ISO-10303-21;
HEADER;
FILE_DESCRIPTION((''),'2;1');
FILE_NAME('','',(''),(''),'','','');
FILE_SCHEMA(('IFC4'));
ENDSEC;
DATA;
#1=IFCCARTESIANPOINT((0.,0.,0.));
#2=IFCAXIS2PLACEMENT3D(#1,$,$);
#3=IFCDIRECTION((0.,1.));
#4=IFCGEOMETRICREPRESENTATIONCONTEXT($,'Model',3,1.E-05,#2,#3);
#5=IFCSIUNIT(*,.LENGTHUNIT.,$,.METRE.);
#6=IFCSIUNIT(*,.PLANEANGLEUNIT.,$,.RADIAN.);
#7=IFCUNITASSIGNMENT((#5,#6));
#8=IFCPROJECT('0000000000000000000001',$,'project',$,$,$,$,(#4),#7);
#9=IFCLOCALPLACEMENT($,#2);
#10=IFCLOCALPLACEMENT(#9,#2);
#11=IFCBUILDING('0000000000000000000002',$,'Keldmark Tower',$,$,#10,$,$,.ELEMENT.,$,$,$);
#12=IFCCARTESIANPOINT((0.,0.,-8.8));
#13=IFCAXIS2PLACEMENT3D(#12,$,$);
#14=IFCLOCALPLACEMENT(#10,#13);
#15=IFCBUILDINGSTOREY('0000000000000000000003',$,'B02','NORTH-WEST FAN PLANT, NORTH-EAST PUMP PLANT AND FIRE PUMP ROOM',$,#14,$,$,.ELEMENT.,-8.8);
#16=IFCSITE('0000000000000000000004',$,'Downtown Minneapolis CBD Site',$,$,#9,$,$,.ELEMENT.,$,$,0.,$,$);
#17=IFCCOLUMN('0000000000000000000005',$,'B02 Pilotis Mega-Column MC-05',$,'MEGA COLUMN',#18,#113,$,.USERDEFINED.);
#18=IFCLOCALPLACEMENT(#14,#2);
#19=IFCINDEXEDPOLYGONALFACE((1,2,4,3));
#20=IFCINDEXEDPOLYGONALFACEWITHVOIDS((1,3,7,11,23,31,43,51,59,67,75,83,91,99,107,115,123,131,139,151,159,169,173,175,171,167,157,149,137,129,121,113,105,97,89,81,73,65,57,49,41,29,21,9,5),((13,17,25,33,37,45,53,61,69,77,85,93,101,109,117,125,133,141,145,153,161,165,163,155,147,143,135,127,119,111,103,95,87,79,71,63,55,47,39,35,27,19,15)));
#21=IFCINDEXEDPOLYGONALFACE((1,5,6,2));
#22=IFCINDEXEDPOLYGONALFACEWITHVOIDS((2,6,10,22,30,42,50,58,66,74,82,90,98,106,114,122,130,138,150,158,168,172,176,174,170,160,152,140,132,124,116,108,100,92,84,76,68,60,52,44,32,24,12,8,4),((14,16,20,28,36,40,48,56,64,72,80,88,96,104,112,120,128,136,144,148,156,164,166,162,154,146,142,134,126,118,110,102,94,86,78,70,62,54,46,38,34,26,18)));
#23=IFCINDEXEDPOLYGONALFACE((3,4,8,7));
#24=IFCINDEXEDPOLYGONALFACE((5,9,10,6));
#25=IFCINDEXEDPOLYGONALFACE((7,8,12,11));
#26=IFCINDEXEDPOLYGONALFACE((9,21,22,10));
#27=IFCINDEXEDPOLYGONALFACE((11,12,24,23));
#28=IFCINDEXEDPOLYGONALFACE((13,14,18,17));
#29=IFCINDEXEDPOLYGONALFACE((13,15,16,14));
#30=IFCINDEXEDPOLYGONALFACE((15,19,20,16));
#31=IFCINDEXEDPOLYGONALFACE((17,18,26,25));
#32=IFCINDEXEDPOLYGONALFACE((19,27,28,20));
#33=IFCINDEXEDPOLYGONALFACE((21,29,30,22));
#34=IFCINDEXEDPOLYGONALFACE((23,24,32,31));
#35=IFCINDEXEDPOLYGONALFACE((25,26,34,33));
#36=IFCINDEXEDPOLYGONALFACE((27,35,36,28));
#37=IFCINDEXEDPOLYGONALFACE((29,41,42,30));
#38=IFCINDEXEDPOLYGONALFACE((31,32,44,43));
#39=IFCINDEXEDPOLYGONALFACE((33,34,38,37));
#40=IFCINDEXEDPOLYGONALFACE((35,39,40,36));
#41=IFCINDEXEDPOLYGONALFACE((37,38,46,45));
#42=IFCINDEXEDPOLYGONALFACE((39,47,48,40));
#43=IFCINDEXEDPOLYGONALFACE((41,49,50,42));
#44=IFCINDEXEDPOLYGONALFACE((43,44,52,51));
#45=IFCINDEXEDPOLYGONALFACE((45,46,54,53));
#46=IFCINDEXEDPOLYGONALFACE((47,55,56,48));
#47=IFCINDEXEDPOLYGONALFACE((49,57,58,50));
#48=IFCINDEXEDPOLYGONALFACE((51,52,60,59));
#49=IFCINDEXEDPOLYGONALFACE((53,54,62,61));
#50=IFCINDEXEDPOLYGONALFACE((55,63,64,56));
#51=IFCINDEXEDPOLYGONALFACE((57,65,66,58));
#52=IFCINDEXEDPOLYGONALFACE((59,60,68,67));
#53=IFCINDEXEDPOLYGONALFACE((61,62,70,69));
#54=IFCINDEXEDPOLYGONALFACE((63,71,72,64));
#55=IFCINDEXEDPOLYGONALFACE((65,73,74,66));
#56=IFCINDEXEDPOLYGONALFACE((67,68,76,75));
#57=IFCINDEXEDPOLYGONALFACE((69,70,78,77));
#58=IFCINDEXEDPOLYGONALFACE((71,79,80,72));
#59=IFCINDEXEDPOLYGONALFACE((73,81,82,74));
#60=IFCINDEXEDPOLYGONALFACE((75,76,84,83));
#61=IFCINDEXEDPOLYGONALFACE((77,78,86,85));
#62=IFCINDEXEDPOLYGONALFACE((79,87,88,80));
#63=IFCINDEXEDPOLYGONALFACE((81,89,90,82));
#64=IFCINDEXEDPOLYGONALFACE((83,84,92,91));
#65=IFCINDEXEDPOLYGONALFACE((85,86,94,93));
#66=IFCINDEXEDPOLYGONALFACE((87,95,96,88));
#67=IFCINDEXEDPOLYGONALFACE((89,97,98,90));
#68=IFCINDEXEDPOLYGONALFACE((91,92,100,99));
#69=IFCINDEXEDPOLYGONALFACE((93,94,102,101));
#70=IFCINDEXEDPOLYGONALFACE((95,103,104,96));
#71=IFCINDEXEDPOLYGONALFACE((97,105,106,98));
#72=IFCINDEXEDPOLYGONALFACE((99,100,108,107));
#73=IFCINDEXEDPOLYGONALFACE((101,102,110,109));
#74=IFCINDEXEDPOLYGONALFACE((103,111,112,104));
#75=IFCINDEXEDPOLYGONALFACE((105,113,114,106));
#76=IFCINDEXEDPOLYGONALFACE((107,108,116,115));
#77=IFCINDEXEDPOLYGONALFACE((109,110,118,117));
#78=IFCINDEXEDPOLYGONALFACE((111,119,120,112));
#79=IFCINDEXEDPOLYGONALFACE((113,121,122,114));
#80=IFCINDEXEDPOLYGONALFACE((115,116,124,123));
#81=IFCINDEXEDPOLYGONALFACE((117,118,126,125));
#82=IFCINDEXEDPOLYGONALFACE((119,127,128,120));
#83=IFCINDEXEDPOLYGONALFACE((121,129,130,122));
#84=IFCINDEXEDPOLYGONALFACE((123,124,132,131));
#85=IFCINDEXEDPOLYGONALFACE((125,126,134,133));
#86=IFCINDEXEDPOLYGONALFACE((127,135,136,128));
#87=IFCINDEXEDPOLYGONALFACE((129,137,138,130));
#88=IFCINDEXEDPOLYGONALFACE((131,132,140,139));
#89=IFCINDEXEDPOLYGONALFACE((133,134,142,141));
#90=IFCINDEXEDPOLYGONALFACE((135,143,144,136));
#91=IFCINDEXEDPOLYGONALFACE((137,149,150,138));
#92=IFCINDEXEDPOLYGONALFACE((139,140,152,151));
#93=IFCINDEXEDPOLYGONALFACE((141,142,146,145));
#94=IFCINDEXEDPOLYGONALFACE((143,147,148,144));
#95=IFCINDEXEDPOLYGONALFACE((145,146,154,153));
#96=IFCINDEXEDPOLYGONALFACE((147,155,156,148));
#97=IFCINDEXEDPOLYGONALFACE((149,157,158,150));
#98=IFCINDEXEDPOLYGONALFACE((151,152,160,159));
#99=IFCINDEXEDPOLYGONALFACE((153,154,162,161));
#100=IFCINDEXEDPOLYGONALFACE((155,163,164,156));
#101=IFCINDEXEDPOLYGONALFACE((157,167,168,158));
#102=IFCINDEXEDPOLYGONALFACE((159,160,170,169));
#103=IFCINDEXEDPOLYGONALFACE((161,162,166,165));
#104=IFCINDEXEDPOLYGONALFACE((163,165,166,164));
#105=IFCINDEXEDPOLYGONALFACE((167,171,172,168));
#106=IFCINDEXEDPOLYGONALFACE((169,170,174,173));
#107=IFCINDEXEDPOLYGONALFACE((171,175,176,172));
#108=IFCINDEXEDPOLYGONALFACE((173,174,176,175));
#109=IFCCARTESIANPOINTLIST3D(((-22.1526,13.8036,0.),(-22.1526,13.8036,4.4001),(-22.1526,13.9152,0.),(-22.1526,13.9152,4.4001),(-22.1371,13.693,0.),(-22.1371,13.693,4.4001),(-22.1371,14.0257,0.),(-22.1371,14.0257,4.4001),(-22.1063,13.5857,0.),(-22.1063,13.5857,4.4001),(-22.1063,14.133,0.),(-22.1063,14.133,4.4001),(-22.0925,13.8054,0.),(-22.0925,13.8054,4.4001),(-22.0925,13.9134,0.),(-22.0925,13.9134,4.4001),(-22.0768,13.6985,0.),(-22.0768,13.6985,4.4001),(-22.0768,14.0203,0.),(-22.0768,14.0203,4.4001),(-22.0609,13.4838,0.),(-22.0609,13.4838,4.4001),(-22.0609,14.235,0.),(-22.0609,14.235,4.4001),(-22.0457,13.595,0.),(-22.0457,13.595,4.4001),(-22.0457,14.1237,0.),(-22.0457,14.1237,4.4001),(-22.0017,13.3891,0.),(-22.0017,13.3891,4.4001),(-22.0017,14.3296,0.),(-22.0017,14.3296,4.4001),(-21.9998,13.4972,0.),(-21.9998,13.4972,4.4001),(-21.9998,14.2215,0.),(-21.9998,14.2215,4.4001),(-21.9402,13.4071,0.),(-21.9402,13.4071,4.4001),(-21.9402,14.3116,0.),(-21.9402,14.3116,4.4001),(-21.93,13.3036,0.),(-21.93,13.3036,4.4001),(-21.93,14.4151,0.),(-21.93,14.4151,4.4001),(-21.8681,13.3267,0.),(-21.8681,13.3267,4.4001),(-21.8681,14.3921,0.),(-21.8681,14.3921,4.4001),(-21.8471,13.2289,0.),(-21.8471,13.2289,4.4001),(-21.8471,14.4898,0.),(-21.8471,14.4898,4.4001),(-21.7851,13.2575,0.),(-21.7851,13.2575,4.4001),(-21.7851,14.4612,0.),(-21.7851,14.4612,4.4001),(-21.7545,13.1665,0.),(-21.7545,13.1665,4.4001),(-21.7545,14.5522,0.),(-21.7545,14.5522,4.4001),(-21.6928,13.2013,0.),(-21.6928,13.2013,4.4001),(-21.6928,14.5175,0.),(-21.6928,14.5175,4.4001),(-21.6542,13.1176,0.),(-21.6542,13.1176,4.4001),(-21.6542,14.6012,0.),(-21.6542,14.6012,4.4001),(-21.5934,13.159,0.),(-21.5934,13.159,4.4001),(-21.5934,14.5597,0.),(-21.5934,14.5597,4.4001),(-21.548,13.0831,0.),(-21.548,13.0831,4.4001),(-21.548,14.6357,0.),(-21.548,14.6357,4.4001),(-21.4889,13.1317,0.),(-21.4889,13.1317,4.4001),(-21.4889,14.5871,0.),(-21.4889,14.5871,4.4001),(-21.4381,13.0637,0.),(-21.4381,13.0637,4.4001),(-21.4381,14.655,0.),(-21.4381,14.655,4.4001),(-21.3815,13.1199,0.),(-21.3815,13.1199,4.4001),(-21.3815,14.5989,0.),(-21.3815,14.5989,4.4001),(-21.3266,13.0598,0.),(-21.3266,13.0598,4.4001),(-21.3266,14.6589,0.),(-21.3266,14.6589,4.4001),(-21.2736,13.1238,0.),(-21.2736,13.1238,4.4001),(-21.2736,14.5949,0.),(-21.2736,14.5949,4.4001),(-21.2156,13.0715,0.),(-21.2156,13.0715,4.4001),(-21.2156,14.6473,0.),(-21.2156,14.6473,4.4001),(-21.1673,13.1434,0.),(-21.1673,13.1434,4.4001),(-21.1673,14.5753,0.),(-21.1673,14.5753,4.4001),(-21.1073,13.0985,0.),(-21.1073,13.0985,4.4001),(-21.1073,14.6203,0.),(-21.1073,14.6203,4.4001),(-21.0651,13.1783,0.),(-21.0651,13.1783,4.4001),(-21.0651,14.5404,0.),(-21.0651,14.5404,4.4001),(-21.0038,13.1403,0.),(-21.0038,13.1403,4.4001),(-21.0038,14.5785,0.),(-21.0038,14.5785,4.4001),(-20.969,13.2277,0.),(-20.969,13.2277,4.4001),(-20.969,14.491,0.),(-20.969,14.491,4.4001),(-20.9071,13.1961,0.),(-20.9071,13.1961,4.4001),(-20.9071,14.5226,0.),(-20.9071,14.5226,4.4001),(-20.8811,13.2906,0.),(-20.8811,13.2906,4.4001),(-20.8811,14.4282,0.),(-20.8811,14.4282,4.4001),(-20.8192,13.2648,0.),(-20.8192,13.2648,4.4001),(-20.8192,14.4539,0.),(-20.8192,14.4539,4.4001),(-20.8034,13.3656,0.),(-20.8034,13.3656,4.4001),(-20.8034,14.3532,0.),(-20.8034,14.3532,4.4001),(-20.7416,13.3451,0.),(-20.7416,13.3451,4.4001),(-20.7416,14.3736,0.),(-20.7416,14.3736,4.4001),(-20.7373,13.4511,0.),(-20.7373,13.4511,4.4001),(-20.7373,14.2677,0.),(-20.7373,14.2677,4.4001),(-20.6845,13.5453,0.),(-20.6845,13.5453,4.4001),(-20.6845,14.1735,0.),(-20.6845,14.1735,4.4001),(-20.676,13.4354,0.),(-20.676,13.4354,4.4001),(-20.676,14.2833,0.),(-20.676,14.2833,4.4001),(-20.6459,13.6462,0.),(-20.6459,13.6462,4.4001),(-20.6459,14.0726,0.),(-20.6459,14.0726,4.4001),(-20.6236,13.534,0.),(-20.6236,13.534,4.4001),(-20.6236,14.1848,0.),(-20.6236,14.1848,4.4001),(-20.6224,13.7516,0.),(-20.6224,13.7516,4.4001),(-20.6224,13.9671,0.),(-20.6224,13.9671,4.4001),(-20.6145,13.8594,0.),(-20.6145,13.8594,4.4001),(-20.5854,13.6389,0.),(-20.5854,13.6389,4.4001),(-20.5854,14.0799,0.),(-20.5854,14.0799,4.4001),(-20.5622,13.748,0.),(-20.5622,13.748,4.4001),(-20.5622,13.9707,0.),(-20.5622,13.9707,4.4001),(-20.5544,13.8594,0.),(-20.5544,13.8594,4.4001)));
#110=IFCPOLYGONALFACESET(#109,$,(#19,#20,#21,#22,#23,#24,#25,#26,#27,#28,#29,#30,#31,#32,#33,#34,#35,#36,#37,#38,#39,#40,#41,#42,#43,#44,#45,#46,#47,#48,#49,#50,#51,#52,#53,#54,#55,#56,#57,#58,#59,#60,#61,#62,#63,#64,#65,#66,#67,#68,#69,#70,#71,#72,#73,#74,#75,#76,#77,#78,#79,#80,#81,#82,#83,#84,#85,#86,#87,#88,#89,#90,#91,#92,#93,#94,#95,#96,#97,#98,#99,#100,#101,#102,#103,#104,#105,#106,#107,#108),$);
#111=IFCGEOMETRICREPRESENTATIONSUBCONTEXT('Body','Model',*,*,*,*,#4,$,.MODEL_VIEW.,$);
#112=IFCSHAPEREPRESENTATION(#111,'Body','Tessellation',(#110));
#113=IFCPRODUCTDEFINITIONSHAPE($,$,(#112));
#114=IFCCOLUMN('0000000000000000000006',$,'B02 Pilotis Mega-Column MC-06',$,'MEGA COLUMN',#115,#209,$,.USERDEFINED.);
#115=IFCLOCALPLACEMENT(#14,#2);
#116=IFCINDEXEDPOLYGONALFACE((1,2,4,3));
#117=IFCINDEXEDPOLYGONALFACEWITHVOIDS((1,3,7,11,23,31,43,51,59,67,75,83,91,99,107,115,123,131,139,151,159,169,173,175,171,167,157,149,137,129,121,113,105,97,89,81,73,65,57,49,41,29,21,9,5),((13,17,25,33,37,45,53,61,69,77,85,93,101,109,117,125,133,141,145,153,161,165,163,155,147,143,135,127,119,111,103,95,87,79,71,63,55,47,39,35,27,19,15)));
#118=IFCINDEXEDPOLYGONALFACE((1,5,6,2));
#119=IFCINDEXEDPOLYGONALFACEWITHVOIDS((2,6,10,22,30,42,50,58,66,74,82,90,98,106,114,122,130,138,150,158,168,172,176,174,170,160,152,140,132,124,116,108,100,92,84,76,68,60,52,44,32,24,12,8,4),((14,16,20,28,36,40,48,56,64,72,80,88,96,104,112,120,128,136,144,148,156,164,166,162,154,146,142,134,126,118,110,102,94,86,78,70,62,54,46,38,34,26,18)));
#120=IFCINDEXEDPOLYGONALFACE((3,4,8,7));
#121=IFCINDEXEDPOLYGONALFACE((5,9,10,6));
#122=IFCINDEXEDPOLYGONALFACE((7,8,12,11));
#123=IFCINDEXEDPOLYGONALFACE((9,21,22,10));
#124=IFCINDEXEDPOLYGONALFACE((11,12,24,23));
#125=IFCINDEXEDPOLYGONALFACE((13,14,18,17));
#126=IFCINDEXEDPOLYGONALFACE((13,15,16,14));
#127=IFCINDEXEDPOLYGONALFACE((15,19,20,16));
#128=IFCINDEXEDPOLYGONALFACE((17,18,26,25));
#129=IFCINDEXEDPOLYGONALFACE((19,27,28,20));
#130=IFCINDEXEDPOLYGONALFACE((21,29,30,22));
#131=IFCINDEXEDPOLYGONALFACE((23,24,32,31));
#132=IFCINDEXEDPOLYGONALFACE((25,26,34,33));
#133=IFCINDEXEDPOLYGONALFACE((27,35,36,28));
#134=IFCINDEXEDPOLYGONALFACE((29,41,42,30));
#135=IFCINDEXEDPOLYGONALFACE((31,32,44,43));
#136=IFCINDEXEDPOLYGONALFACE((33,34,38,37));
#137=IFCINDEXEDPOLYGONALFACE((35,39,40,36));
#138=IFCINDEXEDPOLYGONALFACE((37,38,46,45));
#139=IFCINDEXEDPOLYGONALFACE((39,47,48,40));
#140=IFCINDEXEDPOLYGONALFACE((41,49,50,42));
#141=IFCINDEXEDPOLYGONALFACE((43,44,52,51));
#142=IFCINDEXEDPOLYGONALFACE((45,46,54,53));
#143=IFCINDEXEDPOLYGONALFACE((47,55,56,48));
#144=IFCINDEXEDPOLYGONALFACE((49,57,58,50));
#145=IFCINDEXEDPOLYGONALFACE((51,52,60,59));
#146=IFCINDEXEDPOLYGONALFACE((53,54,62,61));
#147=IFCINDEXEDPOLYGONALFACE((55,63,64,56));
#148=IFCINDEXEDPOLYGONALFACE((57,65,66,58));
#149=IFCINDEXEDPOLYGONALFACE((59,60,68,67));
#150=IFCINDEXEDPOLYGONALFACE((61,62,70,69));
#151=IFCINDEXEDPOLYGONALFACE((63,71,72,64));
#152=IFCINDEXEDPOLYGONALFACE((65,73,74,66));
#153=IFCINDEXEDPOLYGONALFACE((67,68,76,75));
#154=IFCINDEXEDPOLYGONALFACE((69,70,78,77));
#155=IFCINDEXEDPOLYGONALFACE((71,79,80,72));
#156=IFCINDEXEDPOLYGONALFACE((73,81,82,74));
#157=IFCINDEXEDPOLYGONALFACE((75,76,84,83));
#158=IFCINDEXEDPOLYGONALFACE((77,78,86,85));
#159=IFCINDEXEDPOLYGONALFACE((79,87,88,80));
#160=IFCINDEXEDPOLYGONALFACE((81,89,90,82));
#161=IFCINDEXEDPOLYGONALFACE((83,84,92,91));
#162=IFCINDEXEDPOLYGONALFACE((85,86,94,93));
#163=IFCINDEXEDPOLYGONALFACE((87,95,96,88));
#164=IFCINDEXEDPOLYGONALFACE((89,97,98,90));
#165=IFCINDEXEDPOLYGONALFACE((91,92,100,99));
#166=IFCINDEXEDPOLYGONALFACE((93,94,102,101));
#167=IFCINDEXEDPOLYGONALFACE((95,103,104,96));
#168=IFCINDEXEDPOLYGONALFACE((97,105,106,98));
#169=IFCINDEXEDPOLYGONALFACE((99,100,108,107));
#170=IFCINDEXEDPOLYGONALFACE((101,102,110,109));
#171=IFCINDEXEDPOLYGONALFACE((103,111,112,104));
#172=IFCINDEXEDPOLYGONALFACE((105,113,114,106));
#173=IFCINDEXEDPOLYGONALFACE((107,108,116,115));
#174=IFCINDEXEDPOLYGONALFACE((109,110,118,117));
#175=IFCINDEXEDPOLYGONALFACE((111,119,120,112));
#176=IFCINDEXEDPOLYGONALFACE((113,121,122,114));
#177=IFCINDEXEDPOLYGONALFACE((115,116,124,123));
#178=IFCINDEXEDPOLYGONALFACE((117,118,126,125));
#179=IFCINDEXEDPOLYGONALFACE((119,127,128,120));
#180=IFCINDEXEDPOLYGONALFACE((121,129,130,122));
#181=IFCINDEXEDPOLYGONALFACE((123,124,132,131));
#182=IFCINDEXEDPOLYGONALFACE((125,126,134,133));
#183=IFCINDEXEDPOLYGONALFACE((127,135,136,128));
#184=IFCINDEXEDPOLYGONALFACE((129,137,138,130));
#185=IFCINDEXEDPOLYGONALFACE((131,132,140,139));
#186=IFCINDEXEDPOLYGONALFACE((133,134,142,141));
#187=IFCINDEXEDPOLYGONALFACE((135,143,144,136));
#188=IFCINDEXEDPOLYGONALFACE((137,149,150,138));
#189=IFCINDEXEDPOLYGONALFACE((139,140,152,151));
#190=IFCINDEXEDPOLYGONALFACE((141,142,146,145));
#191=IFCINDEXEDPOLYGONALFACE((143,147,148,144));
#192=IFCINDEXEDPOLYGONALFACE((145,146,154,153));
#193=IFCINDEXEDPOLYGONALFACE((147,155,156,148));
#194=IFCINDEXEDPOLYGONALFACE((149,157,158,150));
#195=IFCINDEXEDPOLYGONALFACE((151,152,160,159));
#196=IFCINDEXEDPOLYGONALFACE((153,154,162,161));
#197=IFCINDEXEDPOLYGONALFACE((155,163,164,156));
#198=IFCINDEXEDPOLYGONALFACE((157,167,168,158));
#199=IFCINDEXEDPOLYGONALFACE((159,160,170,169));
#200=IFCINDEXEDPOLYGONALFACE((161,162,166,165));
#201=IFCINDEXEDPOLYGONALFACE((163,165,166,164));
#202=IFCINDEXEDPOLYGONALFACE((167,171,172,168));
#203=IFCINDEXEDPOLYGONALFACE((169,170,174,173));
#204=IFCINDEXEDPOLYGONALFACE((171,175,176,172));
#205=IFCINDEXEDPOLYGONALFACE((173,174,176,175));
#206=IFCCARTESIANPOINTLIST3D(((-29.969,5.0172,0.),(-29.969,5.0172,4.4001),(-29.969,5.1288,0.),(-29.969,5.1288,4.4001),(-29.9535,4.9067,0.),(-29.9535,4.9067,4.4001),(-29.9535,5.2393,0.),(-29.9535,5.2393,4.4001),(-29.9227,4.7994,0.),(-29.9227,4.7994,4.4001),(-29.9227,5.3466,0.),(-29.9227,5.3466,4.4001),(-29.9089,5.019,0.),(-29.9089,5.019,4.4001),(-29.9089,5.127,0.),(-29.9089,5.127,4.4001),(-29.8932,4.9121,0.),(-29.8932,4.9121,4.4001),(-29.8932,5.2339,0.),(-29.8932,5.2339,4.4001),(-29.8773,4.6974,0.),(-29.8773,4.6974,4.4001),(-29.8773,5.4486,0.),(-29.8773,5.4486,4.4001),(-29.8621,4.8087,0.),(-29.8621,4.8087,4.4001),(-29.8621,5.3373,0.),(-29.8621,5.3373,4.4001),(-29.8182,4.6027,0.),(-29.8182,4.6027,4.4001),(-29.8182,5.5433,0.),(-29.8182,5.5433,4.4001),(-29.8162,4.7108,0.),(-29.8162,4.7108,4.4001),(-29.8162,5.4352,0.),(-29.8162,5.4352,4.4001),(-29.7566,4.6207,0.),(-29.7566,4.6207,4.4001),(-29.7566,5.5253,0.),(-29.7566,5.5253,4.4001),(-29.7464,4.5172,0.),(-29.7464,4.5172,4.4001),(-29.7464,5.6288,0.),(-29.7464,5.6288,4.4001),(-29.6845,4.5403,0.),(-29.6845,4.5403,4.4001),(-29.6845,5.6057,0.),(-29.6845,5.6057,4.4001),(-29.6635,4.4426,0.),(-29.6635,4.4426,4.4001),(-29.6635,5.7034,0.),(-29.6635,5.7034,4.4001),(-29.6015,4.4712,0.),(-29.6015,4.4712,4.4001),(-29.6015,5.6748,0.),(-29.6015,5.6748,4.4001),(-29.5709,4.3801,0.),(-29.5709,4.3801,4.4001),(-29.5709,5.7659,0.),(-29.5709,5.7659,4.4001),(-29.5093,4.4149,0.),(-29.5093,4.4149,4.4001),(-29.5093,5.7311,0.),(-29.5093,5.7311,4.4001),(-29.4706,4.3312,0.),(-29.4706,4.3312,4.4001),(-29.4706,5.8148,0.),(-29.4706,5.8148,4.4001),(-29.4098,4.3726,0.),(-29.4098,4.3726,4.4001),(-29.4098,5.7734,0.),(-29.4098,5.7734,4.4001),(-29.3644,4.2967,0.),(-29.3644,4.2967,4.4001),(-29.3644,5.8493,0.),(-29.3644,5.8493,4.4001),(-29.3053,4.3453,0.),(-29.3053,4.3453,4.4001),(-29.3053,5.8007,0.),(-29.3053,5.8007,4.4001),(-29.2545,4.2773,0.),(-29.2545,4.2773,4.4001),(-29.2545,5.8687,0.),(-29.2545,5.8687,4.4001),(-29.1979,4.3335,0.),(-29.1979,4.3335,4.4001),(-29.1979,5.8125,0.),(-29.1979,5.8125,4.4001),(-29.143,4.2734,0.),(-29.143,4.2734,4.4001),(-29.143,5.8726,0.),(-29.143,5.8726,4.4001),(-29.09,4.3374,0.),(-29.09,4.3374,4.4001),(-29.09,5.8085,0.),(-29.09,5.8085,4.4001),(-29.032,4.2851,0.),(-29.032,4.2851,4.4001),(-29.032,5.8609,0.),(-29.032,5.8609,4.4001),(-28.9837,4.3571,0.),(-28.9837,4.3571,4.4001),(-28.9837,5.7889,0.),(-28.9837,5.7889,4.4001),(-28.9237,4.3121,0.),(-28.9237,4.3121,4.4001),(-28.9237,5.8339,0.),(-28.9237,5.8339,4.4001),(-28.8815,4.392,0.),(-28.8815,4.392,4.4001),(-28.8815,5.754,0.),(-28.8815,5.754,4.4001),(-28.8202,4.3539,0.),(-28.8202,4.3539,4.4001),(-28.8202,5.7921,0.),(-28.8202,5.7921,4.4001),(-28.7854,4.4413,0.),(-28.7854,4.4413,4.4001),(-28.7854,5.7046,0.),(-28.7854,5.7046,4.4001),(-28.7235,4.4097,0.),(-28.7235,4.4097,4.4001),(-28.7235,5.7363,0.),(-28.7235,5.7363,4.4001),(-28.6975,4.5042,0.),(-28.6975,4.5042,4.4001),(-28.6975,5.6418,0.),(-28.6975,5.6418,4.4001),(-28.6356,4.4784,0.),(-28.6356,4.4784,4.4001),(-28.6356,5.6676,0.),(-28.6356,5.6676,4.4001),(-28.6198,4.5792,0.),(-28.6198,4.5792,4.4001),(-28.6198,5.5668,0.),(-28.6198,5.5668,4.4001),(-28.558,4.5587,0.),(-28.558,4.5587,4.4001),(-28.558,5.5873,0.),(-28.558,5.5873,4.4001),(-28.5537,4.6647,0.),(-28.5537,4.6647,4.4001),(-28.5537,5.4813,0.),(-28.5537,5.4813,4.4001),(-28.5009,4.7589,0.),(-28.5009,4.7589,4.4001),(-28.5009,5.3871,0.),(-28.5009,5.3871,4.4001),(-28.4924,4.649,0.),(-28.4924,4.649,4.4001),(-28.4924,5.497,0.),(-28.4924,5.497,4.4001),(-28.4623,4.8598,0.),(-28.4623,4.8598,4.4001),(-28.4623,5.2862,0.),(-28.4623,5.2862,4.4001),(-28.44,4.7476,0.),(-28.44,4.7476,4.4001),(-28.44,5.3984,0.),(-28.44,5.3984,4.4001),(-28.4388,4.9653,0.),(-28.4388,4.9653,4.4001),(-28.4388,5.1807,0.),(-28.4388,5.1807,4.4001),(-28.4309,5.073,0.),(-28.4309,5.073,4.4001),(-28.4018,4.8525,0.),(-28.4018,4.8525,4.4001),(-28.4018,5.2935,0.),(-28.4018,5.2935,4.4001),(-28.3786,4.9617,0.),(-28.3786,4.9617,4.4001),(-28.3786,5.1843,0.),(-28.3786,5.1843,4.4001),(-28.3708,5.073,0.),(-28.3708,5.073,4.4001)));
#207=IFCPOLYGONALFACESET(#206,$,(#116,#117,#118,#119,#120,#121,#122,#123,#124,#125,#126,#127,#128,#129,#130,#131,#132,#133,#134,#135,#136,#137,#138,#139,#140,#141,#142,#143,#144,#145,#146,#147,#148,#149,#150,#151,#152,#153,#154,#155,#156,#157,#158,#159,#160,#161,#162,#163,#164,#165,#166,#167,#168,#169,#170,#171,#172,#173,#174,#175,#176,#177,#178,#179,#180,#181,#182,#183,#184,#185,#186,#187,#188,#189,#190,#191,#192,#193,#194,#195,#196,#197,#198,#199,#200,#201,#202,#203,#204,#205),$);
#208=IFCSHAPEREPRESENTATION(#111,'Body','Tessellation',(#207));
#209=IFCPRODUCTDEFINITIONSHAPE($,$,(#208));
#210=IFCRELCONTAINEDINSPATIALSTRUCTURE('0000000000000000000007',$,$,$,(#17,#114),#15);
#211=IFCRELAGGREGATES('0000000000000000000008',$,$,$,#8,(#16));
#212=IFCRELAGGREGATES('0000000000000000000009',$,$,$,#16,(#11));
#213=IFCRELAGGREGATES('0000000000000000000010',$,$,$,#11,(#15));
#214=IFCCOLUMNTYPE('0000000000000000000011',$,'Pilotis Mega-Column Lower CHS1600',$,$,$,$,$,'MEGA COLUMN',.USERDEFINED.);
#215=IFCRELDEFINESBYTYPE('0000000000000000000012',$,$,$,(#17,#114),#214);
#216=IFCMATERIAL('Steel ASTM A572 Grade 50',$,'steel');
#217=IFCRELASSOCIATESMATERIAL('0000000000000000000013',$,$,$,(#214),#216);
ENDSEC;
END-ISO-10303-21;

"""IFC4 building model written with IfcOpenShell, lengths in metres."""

from ifc_helpers import new_model, si_unit, direction, frame, origin, origin_2d, place, context, subcontext, project, spatial, hollow_circle, extrude, material, material_profile, profile_set, type_object, element, save


model = new_model("IFC4")

# Units and contexts
model_context = context("Model", 3, precision=1e-05, world=origin(), true_north=direction((0.0, 1.0)))
body_context = subcontext(model_context, "Body", "Model", "MODEL_VIEW")
ifc_project = project(units=[si_unit("LENGTHUNIT", "METRE"), si_unit("PLANEANGLEUNIT", "RADIAN")], contexts=[model_context])

# Site, building, storey
site_placement = place(None, origin())
site = spatial("IfcSite", under=ifc_project, at=site_placement, Name="Downtown Minneapolis CBD Site", CompositionType="ELEMENT", RefElevation=0.0)
building_placement = place(site_placement, origin())
building = spatial("IfcBuilding", under=site, at=building_placement, Name="Keldmark Tower", CompositionType="ELEMENT")
storey_placement = place(building_placement, frame((0.0, 0.0, -8.8)))
storey = spatial("IfcBuildingStorey", under=building, at=storey_placement, Name="B02", Description="NORTH-WEST FAN PLANT, NORTH-EAST PUMP PLANT AND FIRE PUMP ROOM", CompositionType="ELEMENT", Elevation=-8.8)

# Columns
ifc_material_1 = material(Name="Steel ASTM A572 Grade 50", Category="steel")
ifc_material_profile_1 = material_profile(ifc_material_1, hollow_circle(Radius=0.8, WallThickness=0.0601, at=origin_2d()), Name="CHS1600X60")
ifc_profile_set_1 = profile_set([ifc_material_profile_1], Name="Steel ASTM A572 Grade 50")
column_type_1 = type_object("IfcColumnType", Name="Pilotis Mega-Column Lower CHS1600", ElementType="MEGA COLUMN", PredefinedType="USERDEFINED", material=ifc_profile_set_1)
for number, where, z_axis, x_axis, name in (
    (1, (-21.3545, 13.8594, 0.0), (0.0, 0.0, 1.0), (1.0, 0.0, 0.0), "B02 Pilotis Mega-Column MC-05"),
    (2, (-29.1709, 5.073, 0.0), (0.0, 0.0, 1.0), (1.0, 0.0, 0.0), "B02 Pilotis Mega-Column MC-06"),
):
    element("IfcColumn", number, at=place(storey_placement, frame(where, z_axis=z_axis, x_axis=x_axis)), inside=storey, type_object=column_type_1, Name=name, ObjectType="MEGA COLUMN", PredefinedType="USERDEFINED", context=body_context, shape_type="SweptSolid", body=[
        extrude(hollow_circle(Radius=0.8, WallThickness=0.0601, at=origin_2d()), origin(), (0.0, 0.0, 1.0), 4.4001),
    ])

save(model, "model.ifc")
